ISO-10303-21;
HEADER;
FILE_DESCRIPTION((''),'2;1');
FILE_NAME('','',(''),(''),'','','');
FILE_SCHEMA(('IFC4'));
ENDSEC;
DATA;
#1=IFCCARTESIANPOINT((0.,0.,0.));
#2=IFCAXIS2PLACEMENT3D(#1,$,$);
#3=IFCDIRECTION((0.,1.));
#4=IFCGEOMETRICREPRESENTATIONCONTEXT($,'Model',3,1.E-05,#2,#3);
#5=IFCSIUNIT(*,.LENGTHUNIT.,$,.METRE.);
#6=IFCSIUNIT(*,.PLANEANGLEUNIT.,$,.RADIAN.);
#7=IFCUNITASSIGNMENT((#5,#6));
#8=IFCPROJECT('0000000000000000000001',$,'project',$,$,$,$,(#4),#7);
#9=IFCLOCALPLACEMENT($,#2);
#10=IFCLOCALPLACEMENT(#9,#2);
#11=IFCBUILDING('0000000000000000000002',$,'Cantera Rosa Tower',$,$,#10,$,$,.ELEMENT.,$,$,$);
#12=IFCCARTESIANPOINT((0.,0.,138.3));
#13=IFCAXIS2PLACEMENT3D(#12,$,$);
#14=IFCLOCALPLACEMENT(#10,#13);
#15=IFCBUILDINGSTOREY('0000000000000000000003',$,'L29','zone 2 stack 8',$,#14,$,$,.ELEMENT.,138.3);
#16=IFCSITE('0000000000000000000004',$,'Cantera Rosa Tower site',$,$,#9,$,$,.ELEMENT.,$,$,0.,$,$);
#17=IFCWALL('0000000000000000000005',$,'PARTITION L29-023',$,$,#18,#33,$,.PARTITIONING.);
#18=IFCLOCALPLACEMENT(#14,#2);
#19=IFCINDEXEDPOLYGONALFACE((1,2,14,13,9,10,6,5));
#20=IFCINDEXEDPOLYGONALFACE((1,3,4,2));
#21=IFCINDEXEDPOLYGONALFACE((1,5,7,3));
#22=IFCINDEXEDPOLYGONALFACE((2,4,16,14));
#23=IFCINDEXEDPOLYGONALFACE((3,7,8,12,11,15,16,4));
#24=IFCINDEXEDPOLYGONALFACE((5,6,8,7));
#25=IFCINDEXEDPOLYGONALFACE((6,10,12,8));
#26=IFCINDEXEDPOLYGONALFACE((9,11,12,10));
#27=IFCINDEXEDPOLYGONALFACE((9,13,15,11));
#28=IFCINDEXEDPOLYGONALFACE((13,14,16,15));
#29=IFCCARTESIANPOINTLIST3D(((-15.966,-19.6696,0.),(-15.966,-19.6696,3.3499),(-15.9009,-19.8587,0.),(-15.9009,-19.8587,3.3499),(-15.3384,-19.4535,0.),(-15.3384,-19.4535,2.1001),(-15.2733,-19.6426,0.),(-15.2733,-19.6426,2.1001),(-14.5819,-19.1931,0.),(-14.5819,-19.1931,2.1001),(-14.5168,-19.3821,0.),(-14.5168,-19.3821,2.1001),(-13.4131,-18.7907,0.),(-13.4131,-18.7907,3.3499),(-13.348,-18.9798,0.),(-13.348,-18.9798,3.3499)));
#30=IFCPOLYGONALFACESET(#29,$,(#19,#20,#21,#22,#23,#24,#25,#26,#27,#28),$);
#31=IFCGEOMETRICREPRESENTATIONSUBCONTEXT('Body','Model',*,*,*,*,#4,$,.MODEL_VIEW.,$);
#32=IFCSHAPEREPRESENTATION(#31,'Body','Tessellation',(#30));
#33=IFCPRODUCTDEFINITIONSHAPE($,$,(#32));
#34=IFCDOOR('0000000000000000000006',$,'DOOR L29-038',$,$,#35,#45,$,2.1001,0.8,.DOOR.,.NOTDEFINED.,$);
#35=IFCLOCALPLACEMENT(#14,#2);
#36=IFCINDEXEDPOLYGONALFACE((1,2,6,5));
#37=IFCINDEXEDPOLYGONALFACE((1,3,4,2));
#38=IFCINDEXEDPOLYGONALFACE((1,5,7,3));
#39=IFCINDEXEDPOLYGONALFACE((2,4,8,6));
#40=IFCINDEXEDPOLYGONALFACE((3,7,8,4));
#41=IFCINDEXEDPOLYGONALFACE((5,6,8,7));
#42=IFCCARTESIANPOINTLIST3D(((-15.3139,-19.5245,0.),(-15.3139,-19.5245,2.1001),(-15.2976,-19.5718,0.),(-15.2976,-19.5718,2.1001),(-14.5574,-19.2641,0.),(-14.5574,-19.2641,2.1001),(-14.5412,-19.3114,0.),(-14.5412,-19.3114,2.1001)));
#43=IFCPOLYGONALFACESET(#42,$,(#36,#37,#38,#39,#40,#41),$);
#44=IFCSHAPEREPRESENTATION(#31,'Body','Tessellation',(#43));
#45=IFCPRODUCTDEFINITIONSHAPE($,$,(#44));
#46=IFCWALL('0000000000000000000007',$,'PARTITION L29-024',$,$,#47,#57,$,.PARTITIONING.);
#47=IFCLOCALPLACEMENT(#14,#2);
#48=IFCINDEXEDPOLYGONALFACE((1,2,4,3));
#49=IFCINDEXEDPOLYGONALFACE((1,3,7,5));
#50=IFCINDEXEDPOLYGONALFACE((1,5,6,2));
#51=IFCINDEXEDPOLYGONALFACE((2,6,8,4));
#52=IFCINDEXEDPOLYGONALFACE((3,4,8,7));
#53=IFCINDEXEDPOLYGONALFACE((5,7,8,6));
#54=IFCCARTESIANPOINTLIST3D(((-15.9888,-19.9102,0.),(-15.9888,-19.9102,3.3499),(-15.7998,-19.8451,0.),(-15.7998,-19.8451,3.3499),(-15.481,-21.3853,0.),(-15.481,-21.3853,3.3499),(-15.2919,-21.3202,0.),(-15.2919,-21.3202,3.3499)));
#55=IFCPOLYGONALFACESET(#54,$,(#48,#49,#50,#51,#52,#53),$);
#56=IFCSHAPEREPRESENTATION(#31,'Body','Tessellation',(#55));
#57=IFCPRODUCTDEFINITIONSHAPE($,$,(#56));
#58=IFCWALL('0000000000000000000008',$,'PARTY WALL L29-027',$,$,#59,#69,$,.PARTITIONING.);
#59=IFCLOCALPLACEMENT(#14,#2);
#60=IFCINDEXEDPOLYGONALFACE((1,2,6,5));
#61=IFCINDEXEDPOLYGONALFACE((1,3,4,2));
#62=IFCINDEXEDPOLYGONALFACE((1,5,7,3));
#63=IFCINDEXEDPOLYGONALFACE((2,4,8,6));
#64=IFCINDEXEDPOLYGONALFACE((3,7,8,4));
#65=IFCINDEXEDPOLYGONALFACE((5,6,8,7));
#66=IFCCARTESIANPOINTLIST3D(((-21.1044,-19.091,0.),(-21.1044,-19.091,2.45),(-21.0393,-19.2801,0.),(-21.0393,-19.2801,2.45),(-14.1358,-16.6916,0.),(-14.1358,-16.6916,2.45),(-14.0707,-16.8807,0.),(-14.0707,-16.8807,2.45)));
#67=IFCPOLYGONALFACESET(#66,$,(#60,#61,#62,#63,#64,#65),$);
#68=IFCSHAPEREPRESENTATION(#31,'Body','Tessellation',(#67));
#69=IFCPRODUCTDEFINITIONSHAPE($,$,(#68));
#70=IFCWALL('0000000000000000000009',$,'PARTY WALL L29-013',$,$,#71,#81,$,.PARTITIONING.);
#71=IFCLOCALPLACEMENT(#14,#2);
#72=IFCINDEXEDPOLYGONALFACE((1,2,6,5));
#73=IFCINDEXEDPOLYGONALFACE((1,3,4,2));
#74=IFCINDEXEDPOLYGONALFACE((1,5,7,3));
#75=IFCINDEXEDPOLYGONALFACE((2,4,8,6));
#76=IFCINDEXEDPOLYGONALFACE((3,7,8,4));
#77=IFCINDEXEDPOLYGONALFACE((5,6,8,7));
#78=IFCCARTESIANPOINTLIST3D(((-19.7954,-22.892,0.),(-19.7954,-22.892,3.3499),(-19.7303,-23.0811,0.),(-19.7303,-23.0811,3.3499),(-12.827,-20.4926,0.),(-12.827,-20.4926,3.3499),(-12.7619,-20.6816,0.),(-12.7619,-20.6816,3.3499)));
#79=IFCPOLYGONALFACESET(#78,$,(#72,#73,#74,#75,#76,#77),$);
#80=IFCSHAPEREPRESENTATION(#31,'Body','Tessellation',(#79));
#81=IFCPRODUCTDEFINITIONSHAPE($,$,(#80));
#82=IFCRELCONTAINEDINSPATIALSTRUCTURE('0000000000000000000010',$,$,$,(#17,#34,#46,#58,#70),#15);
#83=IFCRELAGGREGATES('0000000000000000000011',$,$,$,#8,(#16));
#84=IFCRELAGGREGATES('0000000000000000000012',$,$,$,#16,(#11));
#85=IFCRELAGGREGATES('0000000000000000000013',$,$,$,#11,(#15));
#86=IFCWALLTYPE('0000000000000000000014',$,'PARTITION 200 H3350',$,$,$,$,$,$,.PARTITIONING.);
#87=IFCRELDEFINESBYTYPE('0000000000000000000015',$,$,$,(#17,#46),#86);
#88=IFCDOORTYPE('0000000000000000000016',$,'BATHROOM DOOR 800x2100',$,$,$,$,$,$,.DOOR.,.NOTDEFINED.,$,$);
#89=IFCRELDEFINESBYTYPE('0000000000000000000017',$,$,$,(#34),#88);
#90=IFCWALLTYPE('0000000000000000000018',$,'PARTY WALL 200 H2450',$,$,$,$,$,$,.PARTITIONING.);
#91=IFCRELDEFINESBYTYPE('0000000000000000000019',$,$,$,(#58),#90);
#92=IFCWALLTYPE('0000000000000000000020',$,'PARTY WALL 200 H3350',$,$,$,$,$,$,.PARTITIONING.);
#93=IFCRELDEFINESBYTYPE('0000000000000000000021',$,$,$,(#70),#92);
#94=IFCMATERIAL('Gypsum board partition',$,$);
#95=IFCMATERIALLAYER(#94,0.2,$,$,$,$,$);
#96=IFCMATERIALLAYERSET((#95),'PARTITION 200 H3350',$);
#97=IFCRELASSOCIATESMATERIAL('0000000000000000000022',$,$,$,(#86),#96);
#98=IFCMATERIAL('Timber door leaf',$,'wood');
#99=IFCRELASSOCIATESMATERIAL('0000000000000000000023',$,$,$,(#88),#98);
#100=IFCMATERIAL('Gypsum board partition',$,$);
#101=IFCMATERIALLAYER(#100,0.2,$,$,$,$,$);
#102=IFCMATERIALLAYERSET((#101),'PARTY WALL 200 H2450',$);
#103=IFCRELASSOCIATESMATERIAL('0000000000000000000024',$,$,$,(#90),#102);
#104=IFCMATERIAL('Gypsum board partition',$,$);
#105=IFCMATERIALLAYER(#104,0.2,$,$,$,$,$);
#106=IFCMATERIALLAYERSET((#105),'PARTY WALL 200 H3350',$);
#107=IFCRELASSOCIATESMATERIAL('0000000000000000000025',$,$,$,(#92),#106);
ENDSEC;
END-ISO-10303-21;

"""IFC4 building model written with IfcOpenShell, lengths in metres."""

from ifc_helpers import new_model, si_unit, direction, frame, frame_2d, origin, place, context, subcontext, project, spatial, rectangle, extrude, material, layer, layer_set, type_object, element, fill, save


model = new_model("IFC4")

# Units and contexts
model_context = context("Model", 3, precision=1e-05, world=origin(), true_north=direction((0.0, 1.0)))
body_context = subcontext(model_context, "Body", "Model", "MODEL_VIEW")
ifc_project = project(units=[si_unit("LENGTHUNIT", "METRE"), si_unit("PLANEANGLEUNIT", "RADIAN")], contexts=[model_context])

# Site, building, storey
site_placement = place(None, origin())
site = spatial("IfcSite", under=ifc_project, at=site_placement, Name="Cantera Rosa Tower site", CompositionType="ELEMENT", RefElevation=0.0)
building_placement = place(site_placement, origin())
building = spatial("IfcBuilding", under=site, at=building_placement, Name="Cantera Rosa Tower", CompositionType="ELEMENT")
storey_placement = place(building_placement, frame((0.0, 0.0, 138.3)))
storey = spatial("IfcBuildingStorey", under=building, at=storey_placement, Name="L29", Description="zone 2 stack 8", CompositionType="ELEMENT", Elevation=138.3)

# Wall, opening, door
ifc_material_1 = material(Name="Gypsum board partition")
ifc_layer_1 = layer(ifc_material_1, 0.2)
ifc_layer_set_1 = layer_set([ifc_layer_1], Name="PARTITION 200 H3350")
wall_type_1 = type_object("IfcWallType", Name="PARTITION 200 H3350", PredefinedType="PARTITIONING", material=ifc_layer_set_1)
wall_1_placement = place(storey_placement, frame((-15.9336, -19.7642, 0.0), z_axis=(0.0, 0.0, 1.0), x_axis=(0.945536, 0.325517, 0.0)))
wall_1 = element("IfcWall", 1, at=wall_1_placement, inside=storey, type_object=wall_type_1, Name="PARTITION L29-023", PredefinedType="PARTITIONING", context=body_context, shape_type="SweptSolid", body=[
    extrude(rectangle(XDim=2.7, YDim=0.2, at=frame_2d((1.3501, 0.0))), origin(), (0.0, 0.0, 1.0), 3.3499),
])
opening_1_placement = place(wall_1_placement, frame((0.6641, 0.0, 0.0)))
opening_1 = element("IfcOpeningElement", 2, at=opening_1_placement, cuts=wall_1, PredefinedType="OPENING", context=body_context, shape_type="SweptSolid", body=[
    extrude(rectangle(XDim=0.8, YDim=2.1001, at=frame_2d((0.3999, 1.05))), frame((0.0, 0.1099, 0.0), z_axis=(0.0, -1.0, 0.0), x_axis=(1.0, 0.0, 0.0)), (0.0, 0.0, 1.0), 0.22),
])
ifc_material_2 = material(Name="Timber door leaf", Category="wood")
door_type_1 = type_object("IfcDoorType", Name="BATHROOM DOOR 800x2100", OperationType="NOTDEFINED", PredefinedType="DOOR", material=ifc_material_2)
door_1_placement = place(opening_1_placement, origin())
door_1 = element("IfcDoor", 3, at=door_1_placement, inside=storey, type_object=door_type_1, Name="DOOR L29-038", OperationType="NOTDEFINED", OverallHeight=2.1001, OverallWidth=0.8, PredefinedType="DOOR", context=body_context, shape_type="SweptSolid", body=[
    extrude(rectangle(XDim=0.8, YDim=2.1001, at=frame_2d((0.3999, 1.05))), frame((0.0, 0.0249, 0.0), z_axis=(0.0, -1.0, 0.0), x_axis=(1.0, 0.0, 0.0)), (0.0, 0.0, 1.0), 0.05),
])
fill(opening_1, door_1)

# Walls
wall_2_placement = place(storey_placement, frame((-15.3865, -21.3528, 0.0), z_axis=(0.0, 0.0, 1.0), x_axis=(-0.325508, 0.945539, 0.0)))
element("IfcWall", 4, at=wall_2_placement, inside=storey, type_object=wall_type_1, Name="PARTITION L29-024", PredefinedType="PARTITIONING", context=body_context, shape_type="SweptSolid", body=[
    extrude(rectangle(XDim=1.5601, YDim=0.2, at=frame_2d((0.78, 0.0))), origin(), (0.0, 0.0, 1.0), 3.3499),
])
ifc_material_3 = material(Name="Gypsum board partition")
ifc_layer_2 = layer(ifc_material_3, 0.2)
ifc_layer_set_2 = layer_set([ifc_layer_2], Name="PARTY WALL 200 H2450")
wall_type_2 = type_object("IfcWallType", Name="PARTY WALL 200 H2450", PredefinedType="PARTITIONING", material=ifc_layer_set_2)
wall_3_placement = place(storey_placement, frame((-14.1033, -16.7861, 0.0), z_axis=(0.0, 0.0, 1.0), x_axis=(-0.94552, -0.325564, 0.0)))
element("IfcWall", 5, at=wall_3_placement, inside=storey, type_object=wall_type_2, Name="PARTY WALL L29-027", PredefinedType="PARTITIONING", context=body_context, shape_type="SweptSolid", body=[
    extrude(rectangle(XDim=7.3701, YDim=0.2, at=frame_2d((3.6851, 0.0))), origin(), (0.0, 0.0, 1.0), 2.45),
])
ifc_material_4 = material(Name="Gypsum board partition")
ifc_layer_3 = layer(ifc_material_4, 0.2)
ifc_layer_set_3 = layer_set([ifc_layer_3], Name="PARTY WALL 200 H3350")
wall_type_3 = type_object("IfcWallType", Name="PARTY WALL 200 H3350", PredefinedType="PARTITIONING", material=ifc_layer_set_3)
wall_4_placement = place(storey_placement, frame((-19.7629, -22.9866, 0.0), z_axis=(0.0, 0.0, 1.0), x_axis=(0.945517, 0.325574, 0.0)))
element("IfcWall", 6, at=wall_4_placement, inside=storey, type_object=wall_type_3, Name="PARTY WALL L29-013", PredefinedType="PARTITIONING", context=body_context, shape_type="SweptSolid", body=[
    extrude(rectangle(XDim=7.3699, YDim=0.2, at=frame_2d((3.6851, 0.0))), origin(), (0.0, 0.0, 1.0), 3.3499),
])

save(model, "model.ifc")
